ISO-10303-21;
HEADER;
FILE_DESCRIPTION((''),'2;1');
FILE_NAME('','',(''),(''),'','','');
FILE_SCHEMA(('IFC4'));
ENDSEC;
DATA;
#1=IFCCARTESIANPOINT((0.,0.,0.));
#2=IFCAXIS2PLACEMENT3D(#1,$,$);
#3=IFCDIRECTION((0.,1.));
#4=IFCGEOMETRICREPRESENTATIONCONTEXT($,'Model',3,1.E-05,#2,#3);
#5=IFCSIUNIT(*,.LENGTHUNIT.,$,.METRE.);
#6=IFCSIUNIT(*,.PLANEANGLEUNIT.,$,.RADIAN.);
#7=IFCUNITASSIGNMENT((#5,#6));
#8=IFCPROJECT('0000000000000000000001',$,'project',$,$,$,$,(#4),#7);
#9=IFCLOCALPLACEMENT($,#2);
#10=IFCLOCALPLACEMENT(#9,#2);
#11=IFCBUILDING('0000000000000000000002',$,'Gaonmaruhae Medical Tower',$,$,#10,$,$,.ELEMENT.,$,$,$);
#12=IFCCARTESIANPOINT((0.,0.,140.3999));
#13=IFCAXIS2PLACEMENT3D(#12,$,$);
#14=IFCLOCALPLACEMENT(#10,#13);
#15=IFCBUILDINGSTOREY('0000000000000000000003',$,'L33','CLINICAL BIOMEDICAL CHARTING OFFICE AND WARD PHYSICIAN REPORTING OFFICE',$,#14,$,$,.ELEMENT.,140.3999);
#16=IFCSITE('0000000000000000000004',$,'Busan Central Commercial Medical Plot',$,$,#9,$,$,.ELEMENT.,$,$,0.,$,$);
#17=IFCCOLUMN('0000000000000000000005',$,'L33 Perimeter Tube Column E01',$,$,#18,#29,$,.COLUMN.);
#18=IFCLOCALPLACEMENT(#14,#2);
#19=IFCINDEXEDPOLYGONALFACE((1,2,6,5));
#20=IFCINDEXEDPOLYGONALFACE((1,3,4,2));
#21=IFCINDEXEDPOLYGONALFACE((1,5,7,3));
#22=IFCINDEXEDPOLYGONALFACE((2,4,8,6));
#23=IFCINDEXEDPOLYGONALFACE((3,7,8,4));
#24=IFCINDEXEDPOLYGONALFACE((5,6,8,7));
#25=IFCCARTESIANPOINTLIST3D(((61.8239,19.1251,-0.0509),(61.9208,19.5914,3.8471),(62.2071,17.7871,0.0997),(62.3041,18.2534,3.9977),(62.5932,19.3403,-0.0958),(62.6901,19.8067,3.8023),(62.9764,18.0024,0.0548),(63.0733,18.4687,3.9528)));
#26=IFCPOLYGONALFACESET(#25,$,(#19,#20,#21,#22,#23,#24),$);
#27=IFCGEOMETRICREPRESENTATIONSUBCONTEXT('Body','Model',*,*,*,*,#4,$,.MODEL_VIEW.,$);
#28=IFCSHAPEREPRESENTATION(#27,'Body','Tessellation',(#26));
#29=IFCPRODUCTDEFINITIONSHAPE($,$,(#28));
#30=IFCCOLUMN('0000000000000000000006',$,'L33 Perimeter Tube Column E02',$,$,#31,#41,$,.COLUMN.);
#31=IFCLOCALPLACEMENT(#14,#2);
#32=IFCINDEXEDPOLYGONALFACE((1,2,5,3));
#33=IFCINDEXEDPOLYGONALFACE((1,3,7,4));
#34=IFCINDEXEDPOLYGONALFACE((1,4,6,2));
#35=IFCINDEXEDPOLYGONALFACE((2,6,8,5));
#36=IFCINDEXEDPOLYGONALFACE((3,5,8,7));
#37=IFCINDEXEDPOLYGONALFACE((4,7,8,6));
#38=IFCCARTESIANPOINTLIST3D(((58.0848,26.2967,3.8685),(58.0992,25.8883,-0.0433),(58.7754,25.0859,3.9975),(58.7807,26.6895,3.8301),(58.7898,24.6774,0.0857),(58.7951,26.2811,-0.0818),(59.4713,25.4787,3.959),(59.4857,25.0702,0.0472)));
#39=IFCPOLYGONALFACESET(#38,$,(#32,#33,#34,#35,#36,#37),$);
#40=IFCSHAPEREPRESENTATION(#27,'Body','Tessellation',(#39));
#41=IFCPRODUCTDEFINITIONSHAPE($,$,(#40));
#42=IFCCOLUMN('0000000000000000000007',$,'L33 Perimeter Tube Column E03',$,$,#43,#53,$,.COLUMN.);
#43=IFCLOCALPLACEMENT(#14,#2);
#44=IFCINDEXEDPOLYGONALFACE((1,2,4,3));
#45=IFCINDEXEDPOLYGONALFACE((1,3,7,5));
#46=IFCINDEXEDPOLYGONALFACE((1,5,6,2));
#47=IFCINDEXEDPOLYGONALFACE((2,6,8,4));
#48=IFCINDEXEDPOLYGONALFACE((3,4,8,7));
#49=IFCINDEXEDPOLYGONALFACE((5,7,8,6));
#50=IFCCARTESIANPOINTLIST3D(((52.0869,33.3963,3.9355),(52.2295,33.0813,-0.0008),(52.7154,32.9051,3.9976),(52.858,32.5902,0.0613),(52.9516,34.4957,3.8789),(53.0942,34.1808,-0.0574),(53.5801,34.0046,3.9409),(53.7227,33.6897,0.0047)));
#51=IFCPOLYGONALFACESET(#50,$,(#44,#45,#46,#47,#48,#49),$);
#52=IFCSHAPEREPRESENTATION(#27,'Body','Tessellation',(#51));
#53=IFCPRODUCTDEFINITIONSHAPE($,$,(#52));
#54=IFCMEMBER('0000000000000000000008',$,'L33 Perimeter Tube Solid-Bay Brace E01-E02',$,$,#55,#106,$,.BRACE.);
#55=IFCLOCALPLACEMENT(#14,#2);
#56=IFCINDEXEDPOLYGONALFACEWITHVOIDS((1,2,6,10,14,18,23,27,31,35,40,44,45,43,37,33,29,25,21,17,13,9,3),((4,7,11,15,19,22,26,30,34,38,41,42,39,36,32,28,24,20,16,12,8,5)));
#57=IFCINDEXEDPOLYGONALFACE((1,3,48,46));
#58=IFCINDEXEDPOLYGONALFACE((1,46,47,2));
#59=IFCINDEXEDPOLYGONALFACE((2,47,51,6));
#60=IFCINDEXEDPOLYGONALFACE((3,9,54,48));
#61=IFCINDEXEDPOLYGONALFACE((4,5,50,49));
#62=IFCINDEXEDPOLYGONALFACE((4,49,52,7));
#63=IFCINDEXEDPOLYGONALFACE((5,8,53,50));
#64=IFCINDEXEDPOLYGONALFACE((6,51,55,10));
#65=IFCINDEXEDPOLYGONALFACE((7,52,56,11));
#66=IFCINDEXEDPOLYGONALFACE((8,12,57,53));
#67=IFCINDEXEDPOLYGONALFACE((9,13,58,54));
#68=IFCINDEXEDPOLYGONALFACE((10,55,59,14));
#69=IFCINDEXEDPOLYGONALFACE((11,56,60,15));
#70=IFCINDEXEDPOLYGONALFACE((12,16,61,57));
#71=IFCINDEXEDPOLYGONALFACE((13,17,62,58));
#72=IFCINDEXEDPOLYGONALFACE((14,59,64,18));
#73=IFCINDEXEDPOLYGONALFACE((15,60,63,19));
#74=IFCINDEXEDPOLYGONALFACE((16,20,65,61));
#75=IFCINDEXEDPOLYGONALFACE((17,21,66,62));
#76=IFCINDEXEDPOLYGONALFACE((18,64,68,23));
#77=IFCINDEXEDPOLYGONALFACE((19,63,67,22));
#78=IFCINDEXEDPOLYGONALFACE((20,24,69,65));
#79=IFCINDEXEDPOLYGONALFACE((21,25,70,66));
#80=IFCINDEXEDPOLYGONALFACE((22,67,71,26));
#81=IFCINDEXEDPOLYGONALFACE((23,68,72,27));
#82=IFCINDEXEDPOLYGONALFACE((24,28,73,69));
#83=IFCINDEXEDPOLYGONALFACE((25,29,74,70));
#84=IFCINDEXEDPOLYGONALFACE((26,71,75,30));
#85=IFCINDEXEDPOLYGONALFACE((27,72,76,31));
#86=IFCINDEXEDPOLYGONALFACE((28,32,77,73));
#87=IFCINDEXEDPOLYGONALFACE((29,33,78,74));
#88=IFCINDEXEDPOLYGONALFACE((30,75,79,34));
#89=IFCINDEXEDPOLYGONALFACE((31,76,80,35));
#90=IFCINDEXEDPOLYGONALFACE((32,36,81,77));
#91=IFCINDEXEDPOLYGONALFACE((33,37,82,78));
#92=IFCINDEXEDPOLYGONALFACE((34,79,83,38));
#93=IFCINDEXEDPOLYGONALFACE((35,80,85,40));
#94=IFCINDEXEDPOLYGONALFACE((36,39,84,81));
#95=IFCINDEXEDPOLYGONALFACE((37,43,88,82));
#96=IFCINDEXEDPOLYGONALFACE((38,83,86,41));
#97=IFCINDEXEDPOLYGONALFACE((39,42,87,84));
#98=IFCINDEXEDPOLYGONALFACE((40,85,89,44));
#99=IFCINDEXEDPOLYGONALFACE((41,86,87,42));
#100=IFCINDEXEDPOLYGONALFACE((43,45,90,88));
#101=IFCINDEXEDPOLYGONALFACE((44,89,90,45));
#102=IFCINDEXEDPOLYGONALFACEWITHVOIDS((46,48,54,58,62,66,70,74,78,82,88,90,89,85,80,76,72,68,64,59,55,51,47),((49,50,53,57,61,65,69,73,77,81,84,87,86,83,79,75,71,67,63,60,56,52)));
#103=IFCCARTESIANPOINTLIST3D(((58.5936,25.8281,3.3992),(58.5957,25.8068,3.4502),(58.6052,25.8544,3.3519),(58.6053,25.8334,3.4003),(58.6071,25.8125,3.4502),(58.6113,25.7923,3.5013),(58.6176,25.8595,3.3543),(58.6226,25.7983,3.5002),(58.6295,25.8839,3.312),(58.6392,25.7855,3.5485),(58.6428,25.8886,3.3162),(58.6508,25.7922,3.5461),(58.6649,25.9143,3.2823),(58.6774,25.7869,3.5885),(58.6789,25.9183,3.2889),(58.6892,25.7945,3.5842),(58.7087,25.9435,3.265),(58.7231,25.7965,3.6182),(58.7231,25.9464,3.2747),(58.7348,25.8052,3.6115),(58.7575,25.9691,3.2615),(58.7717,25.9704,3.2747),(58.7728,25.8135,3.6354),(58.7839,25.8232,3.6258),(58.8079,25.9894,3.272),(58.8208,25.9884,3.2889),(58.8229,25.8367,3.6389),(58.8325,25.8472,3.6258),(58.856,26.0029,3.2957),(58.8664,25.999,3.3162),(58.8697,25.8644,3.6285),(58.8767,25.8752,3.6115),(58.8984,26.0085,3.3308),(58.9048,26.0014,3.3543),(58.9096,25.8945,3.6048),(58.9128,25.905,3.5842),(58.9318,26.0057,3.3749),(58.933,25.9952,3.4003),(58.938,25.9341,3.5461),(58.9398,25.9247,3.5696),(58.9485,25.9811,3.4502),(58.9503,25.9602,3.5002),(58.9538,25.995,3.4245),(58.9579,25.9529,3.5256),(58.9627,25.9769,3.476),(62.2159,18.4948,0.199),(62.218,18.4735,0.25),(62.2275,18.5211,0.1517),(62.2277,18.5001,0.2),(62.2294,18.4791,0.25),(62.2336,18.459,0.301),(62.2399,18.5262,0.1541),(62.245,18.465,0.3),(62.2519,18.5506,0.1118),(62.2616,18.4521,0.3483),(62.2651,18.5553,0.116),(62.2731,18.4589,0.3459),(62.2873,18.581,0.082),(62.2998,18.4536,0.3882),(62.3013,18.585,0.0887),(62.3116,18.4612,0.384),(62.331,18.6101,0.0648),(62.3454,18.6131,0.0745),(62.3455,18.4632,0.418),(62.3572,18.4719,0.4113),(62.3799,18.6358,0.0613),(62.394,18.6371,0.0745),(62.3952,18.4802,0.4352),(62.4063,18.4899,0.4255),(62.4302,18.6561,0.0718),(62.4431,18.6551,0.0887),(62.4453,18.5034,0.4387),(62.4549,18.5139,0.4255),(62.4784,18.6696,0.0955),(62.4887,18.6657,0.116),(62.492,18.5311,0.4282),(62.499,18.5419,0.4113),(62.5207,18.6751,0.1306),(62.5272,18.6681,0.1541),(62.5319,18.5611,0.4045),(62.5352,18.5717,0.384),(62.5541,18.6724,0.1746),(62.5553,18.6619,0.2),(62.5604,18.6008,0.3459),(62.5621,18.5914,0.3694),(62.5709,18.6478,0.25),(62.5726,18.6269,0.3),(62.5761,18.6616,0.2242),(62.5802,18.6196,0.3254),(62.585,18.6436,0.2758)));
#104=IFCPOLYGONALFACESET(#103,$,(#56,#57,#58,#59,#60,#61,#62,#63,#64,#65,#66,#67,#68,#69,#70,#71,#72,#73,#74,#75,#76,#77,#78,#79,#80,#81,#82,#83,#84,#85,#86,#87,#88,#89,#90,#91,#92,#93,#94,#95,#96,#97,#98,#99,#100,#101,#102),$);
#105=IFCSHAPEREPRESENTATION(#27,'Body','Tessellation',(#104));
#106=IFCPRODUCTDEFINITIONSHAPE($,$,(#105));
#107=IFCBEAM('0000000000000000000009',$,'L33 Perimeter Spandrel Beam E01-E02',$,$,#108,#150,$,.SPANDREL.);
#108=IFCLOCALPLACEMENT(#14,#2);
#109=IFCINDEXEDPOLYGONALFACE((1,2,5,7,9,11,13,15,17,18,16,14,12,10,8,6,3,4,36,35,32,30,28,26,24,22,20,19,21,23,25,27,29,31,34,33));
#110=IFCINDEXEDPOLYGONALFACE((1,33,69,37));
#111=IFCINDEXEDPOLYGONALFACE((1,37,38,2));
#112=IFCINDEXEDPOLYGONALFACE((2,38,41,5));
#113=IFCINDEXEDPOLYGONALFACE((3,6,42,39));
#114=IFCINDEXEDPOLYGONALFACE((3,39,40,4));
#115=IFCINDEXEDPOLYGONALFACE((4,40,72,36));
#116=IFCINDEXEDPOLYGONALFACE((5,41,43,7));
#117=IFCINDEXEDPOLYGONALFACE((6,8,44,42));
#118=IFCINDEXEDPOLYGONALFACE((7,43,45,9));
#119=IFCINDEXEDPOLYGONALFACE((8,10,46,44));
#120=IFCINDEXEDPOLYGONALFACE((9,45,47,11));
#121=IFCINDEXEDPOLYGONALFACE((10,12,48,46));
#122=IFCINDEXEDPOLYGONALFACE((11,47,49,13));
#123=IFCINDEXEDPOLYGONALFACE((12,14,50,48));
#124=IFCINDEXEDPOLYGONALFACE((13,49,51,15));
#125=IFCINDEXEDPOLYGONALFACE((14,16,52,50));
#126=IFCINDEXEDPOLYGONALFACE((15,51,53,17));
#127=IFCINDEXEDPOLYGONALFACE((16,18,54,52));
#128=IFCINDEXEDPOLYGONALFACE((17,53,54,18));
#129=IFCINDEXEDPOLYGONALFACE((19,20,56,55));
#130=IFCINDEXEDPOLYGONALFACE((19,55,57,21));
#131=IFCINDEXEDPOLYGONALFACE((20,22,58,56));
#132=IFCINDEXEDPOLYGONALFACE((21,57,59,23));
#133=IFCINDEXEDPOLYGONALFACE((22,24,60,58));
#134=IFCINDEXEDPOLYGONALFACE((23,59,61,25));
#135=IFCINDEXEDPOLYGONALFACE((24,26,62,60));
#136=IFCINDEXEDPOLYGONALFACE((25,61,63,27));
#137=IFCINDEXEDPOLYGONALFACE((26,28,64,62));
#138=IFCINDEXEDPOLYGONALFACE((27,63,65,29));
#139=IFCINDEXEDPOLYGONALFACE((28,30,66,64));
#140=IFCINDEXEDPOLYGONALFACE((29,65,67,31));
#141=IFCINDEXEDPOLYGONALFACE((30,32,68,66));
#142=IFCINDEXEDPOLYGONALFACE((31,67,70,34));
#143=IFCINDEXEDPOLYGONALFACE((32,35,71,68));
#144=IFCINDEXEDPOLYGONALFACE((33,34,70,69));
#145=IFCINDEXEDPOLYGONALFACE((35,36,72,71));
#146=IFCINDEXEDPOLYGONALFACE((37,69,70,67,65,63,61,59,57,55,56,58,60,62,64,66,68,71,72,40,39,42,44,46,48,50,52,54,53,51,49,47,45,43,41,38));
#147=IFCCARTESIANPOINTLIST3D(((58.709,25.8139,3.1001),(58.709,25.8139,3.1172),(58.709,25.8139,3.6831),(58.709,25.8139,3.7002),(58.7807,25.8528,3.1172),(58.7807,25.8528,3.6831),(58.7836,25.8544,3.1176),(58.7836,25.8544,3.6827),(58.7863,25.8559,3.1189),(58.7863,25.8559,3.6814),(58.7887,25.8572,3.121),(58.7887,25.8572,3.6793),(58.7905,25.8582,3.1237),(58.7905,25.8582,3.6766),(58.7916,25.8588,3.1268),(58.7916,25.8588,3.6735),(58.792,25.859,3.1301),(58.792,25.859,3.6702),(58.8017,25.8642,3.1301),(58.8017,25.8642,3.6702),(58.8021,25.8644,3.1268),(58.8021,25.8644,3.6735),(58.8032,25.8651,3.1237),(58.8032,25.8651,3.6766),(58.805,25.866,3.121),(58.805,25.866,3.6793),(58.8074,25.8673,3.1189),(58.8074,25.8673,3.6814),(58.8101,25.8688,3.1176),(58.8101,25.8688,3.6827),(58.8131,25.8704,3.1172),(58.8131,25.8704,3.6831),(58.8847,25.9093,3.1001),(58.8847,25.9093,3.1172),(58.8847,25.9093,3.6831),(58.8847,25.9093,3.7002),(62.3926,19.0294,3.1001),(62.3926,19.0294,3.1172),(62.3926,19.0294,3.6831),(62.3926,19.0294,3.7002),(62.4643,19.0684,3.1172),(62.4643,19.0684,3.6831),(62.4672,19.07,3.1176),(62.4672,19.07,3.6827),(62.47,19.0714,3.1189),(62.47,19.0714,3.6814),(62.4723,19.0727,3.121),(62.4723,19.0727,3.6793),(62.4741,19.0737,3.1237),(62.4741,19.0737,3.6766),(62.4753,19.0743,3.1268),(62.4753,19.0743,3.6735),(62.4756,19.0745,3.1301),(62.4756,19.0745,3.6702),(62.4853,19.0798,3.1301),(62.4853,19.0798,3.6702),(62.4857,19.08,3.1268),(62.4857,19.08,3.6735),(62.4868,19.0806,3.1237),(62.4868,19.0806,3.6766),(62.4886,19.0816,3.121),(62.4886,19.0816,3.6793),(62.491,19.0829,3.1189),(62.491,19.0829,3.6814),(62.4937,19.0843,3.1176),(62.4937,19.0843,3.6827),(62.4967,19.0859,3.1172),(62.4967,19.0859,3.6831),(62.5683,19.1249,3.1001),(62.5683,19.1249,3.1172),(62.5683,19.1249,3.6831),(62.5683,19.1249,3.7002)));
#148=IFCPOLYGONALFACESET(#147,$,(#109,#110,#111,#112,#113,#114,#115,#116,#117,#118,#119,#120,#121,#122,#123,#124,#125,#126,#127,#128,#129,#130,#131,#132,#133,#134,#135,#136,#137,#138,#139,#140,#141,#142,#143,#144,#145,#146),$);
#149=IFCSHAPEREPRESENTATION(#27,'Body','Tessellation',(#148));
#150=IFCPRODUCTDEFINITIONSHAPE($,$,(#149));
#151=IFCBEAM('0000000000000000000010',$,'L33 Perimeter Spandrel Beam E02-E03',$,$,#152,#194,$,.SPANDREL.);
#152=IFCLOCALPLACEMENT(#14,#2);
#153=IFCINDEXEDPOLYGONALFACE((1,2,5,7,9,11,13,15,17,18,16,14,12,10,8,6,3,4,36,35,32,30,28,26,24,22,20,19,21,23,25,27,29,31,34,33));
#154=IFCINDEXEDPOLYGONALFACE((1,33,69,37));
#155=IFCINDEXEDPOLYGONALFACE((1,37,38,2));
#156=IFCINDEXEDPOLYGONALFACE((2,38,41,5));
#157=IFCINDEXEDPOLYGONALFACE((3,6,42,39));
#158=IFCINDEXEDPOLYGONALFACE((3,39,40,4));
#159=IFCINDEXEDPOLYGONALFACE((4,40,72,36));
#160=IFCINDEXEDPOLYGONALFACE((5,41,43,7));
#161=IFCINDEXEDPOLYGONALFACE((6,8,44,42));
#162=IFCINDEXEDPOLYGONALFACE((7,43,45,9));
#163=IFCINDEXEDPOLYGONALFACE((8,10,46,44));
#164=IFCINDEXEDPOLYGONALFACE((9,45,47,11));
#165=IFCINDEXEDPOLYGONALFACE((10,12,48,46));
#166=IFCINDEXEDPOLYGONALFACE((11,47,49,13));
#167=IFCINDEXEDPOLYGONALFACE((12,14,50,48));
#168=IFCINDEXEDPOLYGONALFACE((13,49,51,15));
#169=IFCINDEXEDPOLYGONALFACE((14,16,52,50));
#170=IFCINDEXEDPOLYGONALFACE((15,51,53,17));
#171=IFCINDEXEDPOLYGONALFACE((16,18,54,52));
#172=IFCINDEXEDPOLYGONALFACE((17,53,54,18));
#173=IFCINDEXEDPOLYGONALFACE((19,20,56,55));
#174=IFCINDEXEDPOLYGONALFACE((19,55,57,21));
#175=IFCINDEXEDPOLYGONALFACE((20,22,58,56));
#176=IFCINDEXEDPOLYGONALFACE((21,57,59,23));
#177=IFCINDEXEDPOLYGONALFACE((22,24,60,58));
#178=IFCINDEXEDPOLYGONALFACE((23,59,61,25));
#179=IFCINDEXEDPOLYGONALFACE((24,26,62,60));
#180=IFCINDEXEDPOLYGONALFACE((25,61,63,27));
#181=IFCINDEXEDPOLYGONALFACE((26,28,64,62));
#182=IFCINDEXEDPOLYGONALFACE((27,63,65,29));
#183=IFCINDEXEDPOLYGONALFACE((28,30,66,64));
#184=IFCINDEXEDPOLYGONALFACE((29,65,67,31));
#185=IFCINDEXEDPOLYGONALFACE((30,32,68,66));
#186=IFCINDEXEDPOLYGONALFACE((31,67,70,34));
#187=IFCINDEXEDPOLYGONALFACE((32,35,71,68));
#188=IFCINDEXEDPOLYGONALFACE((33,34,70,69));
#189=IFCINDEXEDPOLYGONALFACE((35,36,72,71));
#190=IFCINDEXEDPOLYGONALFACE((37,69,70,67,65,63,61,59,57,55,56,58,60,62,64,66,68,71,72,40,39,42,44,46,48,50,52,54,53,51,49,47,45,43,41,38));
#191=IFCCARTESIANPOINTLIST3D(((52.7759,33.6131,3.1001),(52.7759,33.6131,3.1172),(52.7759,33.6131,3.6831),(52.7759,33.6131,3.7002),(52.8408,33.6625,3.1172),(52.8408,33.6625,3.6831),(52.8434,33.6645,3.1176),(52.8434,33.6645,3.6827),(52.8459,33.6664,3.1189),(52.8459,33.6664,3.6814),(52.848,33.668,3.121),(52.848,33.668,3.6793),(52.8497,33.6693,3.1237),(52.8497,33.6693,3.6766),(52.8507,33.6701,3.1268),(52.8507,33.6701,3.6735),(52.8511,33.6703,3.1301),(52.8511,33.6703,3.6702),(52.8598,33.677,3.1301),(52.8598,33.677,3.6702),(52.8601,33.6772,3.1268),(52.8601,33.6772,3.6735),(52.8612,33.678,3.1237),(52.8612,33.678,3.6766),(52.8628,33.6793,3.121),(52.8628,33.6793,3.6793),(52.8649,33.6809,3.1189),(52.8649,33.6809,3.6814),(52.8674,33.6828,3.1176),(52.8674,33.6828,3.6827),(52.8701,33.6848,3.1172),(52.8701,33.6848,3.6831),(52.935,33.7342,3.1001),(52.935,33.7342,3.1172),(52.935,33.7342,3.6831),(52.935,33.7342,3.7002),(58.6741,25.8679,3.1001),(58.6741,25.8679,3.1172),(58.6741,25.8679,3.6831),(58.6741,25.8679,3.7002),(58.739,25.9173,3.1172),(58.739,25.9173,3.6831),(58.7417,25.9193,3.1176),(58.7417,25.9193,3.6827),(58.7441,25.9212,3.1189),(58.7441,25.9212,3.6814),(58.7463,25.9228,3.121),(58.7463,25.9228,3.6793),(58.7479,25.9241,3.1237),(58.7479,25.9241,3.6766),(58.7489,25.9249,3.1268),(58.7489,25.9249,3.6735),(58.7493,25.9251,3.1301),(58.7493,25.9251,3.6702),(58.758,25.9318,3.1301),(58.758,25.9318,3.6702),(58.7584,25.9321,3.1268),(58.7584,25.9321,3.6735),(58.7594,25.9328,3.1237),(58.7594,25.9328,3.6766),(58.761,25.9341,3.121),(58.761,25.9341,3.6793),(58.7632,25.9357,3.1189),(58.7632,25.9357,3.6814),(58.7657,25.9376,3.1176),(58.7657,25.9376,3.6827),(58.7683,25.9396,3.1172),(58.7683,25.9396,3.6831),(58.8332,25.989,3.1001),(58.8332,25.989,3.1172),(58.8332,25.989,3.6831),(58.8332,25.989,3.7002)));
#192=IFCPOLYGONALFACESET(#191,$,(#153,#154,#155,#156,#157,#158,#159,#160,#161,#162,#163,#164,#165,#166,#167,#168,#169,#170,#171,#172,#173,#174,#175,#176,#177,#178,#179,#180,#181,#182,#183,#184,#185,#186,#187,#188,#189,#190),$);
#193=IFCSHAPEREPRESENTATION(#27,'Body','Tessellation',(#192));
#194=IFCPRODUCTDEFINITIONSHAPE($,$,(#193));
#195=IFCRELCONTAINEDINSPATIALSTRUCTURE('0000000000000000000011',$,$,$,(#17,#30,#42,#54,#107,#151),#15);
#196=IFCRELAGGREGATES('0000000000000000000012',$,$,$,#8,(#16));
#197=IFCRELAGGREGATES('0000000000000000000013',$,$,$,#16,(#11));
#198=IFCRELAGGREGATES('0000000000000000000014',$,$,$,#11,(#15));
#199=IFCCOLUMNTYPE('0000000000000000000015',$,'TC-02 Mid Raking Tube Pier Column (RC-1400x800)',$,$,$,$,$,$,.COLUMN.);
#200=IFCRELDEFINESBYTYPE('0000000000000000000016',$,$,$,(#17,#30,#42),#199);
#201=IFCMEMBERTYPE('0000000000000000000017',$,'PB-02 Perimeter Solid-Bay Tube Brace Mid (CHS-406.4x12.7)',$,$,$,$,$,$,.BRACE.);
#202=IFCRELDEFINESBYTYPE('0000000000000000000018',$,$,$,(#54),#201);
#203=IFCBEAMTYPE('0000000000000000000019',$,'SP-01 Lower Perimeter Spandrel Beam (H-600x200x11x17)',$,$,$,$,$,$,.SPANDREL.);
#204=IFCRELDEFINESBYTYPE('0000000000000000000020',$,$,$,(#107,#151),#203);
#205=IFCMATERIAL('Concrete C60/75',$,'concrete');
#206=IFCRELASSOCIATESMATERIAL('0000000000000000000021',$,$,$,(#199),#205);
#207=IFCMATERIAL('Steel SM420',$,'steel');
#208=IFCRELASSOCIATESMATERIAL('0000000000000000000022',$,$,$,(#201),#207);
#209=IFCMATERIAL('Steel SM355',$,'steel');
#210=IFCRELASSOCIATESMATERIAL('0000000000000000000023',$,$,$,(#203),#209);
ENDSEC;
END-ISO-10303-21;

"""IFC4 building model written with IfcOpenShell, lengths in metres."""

from ifc_helpers import new_model, si_unit, direction, frame, origin, origin_2d, place, context, subcontext, project, spatial, rectangle, hollow_circle, i_section, extrude, material, material_profile, profile_set, type_object, element, save


model = new_model("IFC4")

# Units and contexts
model_context = context("Model", 3, precision=1e-05, world=origin(), true_north=direction((0.0, 1.0)))
body_context = subcontext(model_context, "Body", "Model", "MODEL_VIEW")
ifc_project = project(units=[si_unit("LENGTHUNIT", "METRE"), si_unit("PLANEANGLEUNIT", "RADIAN")], contexts=[model_context])

# Site, building, storey
site_placement = place(None, origin())
site = spatial("IfcSite", under=ifc_project, at=site_placement, Name="Busan Central Commercial Medical Plot", CompositionType="ELEMENT", RefElevation=0.0)
building_placement = place(site_placement, origin())
building = spatial("IfcBuilding", under=site, at=building_placement, Name="Gaonmaruhae Medical Tower", CompositionType="ELEMENT")
storey_placement = place(building_placement, frame((0.0, 0.0, 140.3999)))
storey = spatial("IfcBuildingStorey", under=building, at=storey_placement, Name="L33", Description="CLINICAL BIOMEDICAL CHARTING OFFICE AND WARD PHYSICIAN REPORTING OFFICE", CompositionType="ELEMENT", Elevation=140.3999)

# Columns
ifc_material_1 = material(Name="Concrete C60/75", Category="concrete")
ifc_material_profile_1 = material_profile(ifc_material_1, rectangle(XDim=1.3999, YDim=0.8, at=origin_2d()), Name="RC-1400x800")
ifc_profile_set_1 = profile_set([ifc_material_profile_1], Name="Concrete C60/75")
column_type = type_object("IfcColumnType", Name="TC-02 Mid Raking Tube Pier Column (RC-1400x800)", PredefinedType="COLUMN", material=ifc_profile_set_1)
column_1_placement = place(storey_placement, frame((62.4001, 18.5637, 0.002), z_axis=(0.024682, 0.118746, 0.992618), x_axis=(0.273748, -0.955772, 0.107531)))
element("IfcColumn", 1, at=column_1_placement, inside=storey, type_object=column_type, Name="L33 Perimeter Tube Column E01", PredefinedType="COLUMN", context=body_context, shape_type="SweptSolid", body=[
    extrude(rectangle(XDim=1.3999, YDim=0.8, at=origin_2d()), origin(), (0.0, 0.0, 1.0), 3.927),
])
column_2_placement = place(storey_placement, frame((58.7925, 25.4792, 0.002), z_axis=(-0.003662, 0.103847, 0.994587), x_axis=(0.493314, -0.864959, 0.092129)))
element("IfcColumn", 2, at=column_2_placement, inside=storey, type_object=column_type, Name="L33 Perimeter Tube Column E02", PredefinedType="COLUMN", context=body_context, shape_type="SweptSolid", body=[
    extrude(rectangle(XDim=1.3999, YDim=0.8, at=origin_2d()), origin(), (0.0, 0.0, 1.0), 3.9331),
])
column_3_placement = place(storey_placement, frame((52.9761, 33.3855, 0.002), z_axis=(-0.036083, 0.079703, 0.996165), x_axis=(-0.617673, -0.785393, 0.040466)))
element("IfcColumn", 3, at=column_3_placement, inside=storey, type_object=column_type, Name="L33 Perimeter Tube Column E03", PredefinedType="COLUMN", context=body_context, shape_type="SweptSolid", body=[
    extrude(rectangle(XDim=1.3999, YDim=0.8, at=origin_2d()), origin(), (0.0, 0.0, 1.0), 3.9514),
])

# Member
ifc_material_2 = material(Name="Steel SM420", Category="steel")
ifc_material_profile_2 = material_profile(ifc_material_2, hollow_circle(Radius=0.2031, WallThickness=0.0127, at=origin_2d()), Name="CHS-406.4x12.7")
ifc_profile_set_2 = profile_set([ifc_material_profile_2], Name="Steel SM420")
member_type = type_object("IfcMemberType", Name="PB-02 Perimeter Solid-Bay Tube Brace Mid (CHS-406.4x12.7)", PredefinedType="BRACE", material=ifc_profile_set_2)
member_placement = place(storey_placement, frame((62.4001, 18.5635, 0.25), z_axis=(-0.412429, 0.834948, 0.364367), x_axis=(-0.896584, -0.442874, 0.0)))
element("IfcMember", 4, at=member_placement, inside=storey, type_object=member_type, Name="L33 Perimeter Tube Solid-Bay Brace E01-E02", PredefinedType="BRACE", context=body_context, shape_type="SweptSolid", body=[
    extrude(hollow_circle(Radius=0.2031, WallThickness=0.0127, at=origin_2d()), origin(), (0.0, 0.0, 1.0), 8.783),
])

# Beams
ifc_material_3 = material(Name="Steel SM355", Category="steel")
ifc_material_profile_3 = material_profile(ifc_material_3, i_section(OverallWidth=0.2, OverallDepth=0.6001, WebThickness=0.011, FlangeThickness=0.0171, FilletRadius=0.0129, at=origin_2d()), Name="H-600x200x11x17")
ifc_profile_set_3 = profile_set([ifc_material_profile_3], Name="Steel SM355")
beam_type = type_object("IfcBeamType", Name="SP-01 Lower Perimeter Spandrel Beam (H-600x200x11x17)", PredefinedType="SPANDREL", material=ifc_profile_set_3)
beam_1_placement = place(storey_placement, frame((62.4805, 19.0771, 3.4001), z_axis=(-0.477154, 0.87882, 0.0), x_axis=(-0.87882, -0.477154, 0.0)))
element("IfcBeam", 5, at=beam_1_placement, inside=storey, type_object=beam_type, Name="L33 Perimeter Spandrel Beam E01-E02", PredefinedType="SPANDREL", context=body_context, shape_type="SweptSolid", body=[
    extrude(i_section(OverallWidth=0.2, OverallDepth=0.6001, WebThickness=0.011, FlangeThickness=0.0171, FilletRadius=0.0129, at=origin_2d()), origin(), (0.0, 0.0, 1.0), 7.72),
])
beam_2_placement = place(storey_placement, frame((58.7537, 25.9285, 3.4001), z_axis=(-0.605858, 0.795573, 0.0), x_axis=(-0.795573, -0.605858, 0.0)))
element("IfcBeam", 6, at=beam_2_placement, inside=storey, type_object=beam_type, Name="L33 Perimeter Spandrel Beam E02-E03", PredefinedType="SPANDREL", context=body_context, shape_type="SweptSolid", body=[
    extrude(i_section(OverallWidth=0.2, OverallDepth=0.6001, WebThickness=0.011, FlangeThickness=0.0171, FilletRadius=0.0129, at=origin_2d()), origin(), (0.0, 0.0, 1.0), 9.7354),
])

save(model, "model.ifc")
